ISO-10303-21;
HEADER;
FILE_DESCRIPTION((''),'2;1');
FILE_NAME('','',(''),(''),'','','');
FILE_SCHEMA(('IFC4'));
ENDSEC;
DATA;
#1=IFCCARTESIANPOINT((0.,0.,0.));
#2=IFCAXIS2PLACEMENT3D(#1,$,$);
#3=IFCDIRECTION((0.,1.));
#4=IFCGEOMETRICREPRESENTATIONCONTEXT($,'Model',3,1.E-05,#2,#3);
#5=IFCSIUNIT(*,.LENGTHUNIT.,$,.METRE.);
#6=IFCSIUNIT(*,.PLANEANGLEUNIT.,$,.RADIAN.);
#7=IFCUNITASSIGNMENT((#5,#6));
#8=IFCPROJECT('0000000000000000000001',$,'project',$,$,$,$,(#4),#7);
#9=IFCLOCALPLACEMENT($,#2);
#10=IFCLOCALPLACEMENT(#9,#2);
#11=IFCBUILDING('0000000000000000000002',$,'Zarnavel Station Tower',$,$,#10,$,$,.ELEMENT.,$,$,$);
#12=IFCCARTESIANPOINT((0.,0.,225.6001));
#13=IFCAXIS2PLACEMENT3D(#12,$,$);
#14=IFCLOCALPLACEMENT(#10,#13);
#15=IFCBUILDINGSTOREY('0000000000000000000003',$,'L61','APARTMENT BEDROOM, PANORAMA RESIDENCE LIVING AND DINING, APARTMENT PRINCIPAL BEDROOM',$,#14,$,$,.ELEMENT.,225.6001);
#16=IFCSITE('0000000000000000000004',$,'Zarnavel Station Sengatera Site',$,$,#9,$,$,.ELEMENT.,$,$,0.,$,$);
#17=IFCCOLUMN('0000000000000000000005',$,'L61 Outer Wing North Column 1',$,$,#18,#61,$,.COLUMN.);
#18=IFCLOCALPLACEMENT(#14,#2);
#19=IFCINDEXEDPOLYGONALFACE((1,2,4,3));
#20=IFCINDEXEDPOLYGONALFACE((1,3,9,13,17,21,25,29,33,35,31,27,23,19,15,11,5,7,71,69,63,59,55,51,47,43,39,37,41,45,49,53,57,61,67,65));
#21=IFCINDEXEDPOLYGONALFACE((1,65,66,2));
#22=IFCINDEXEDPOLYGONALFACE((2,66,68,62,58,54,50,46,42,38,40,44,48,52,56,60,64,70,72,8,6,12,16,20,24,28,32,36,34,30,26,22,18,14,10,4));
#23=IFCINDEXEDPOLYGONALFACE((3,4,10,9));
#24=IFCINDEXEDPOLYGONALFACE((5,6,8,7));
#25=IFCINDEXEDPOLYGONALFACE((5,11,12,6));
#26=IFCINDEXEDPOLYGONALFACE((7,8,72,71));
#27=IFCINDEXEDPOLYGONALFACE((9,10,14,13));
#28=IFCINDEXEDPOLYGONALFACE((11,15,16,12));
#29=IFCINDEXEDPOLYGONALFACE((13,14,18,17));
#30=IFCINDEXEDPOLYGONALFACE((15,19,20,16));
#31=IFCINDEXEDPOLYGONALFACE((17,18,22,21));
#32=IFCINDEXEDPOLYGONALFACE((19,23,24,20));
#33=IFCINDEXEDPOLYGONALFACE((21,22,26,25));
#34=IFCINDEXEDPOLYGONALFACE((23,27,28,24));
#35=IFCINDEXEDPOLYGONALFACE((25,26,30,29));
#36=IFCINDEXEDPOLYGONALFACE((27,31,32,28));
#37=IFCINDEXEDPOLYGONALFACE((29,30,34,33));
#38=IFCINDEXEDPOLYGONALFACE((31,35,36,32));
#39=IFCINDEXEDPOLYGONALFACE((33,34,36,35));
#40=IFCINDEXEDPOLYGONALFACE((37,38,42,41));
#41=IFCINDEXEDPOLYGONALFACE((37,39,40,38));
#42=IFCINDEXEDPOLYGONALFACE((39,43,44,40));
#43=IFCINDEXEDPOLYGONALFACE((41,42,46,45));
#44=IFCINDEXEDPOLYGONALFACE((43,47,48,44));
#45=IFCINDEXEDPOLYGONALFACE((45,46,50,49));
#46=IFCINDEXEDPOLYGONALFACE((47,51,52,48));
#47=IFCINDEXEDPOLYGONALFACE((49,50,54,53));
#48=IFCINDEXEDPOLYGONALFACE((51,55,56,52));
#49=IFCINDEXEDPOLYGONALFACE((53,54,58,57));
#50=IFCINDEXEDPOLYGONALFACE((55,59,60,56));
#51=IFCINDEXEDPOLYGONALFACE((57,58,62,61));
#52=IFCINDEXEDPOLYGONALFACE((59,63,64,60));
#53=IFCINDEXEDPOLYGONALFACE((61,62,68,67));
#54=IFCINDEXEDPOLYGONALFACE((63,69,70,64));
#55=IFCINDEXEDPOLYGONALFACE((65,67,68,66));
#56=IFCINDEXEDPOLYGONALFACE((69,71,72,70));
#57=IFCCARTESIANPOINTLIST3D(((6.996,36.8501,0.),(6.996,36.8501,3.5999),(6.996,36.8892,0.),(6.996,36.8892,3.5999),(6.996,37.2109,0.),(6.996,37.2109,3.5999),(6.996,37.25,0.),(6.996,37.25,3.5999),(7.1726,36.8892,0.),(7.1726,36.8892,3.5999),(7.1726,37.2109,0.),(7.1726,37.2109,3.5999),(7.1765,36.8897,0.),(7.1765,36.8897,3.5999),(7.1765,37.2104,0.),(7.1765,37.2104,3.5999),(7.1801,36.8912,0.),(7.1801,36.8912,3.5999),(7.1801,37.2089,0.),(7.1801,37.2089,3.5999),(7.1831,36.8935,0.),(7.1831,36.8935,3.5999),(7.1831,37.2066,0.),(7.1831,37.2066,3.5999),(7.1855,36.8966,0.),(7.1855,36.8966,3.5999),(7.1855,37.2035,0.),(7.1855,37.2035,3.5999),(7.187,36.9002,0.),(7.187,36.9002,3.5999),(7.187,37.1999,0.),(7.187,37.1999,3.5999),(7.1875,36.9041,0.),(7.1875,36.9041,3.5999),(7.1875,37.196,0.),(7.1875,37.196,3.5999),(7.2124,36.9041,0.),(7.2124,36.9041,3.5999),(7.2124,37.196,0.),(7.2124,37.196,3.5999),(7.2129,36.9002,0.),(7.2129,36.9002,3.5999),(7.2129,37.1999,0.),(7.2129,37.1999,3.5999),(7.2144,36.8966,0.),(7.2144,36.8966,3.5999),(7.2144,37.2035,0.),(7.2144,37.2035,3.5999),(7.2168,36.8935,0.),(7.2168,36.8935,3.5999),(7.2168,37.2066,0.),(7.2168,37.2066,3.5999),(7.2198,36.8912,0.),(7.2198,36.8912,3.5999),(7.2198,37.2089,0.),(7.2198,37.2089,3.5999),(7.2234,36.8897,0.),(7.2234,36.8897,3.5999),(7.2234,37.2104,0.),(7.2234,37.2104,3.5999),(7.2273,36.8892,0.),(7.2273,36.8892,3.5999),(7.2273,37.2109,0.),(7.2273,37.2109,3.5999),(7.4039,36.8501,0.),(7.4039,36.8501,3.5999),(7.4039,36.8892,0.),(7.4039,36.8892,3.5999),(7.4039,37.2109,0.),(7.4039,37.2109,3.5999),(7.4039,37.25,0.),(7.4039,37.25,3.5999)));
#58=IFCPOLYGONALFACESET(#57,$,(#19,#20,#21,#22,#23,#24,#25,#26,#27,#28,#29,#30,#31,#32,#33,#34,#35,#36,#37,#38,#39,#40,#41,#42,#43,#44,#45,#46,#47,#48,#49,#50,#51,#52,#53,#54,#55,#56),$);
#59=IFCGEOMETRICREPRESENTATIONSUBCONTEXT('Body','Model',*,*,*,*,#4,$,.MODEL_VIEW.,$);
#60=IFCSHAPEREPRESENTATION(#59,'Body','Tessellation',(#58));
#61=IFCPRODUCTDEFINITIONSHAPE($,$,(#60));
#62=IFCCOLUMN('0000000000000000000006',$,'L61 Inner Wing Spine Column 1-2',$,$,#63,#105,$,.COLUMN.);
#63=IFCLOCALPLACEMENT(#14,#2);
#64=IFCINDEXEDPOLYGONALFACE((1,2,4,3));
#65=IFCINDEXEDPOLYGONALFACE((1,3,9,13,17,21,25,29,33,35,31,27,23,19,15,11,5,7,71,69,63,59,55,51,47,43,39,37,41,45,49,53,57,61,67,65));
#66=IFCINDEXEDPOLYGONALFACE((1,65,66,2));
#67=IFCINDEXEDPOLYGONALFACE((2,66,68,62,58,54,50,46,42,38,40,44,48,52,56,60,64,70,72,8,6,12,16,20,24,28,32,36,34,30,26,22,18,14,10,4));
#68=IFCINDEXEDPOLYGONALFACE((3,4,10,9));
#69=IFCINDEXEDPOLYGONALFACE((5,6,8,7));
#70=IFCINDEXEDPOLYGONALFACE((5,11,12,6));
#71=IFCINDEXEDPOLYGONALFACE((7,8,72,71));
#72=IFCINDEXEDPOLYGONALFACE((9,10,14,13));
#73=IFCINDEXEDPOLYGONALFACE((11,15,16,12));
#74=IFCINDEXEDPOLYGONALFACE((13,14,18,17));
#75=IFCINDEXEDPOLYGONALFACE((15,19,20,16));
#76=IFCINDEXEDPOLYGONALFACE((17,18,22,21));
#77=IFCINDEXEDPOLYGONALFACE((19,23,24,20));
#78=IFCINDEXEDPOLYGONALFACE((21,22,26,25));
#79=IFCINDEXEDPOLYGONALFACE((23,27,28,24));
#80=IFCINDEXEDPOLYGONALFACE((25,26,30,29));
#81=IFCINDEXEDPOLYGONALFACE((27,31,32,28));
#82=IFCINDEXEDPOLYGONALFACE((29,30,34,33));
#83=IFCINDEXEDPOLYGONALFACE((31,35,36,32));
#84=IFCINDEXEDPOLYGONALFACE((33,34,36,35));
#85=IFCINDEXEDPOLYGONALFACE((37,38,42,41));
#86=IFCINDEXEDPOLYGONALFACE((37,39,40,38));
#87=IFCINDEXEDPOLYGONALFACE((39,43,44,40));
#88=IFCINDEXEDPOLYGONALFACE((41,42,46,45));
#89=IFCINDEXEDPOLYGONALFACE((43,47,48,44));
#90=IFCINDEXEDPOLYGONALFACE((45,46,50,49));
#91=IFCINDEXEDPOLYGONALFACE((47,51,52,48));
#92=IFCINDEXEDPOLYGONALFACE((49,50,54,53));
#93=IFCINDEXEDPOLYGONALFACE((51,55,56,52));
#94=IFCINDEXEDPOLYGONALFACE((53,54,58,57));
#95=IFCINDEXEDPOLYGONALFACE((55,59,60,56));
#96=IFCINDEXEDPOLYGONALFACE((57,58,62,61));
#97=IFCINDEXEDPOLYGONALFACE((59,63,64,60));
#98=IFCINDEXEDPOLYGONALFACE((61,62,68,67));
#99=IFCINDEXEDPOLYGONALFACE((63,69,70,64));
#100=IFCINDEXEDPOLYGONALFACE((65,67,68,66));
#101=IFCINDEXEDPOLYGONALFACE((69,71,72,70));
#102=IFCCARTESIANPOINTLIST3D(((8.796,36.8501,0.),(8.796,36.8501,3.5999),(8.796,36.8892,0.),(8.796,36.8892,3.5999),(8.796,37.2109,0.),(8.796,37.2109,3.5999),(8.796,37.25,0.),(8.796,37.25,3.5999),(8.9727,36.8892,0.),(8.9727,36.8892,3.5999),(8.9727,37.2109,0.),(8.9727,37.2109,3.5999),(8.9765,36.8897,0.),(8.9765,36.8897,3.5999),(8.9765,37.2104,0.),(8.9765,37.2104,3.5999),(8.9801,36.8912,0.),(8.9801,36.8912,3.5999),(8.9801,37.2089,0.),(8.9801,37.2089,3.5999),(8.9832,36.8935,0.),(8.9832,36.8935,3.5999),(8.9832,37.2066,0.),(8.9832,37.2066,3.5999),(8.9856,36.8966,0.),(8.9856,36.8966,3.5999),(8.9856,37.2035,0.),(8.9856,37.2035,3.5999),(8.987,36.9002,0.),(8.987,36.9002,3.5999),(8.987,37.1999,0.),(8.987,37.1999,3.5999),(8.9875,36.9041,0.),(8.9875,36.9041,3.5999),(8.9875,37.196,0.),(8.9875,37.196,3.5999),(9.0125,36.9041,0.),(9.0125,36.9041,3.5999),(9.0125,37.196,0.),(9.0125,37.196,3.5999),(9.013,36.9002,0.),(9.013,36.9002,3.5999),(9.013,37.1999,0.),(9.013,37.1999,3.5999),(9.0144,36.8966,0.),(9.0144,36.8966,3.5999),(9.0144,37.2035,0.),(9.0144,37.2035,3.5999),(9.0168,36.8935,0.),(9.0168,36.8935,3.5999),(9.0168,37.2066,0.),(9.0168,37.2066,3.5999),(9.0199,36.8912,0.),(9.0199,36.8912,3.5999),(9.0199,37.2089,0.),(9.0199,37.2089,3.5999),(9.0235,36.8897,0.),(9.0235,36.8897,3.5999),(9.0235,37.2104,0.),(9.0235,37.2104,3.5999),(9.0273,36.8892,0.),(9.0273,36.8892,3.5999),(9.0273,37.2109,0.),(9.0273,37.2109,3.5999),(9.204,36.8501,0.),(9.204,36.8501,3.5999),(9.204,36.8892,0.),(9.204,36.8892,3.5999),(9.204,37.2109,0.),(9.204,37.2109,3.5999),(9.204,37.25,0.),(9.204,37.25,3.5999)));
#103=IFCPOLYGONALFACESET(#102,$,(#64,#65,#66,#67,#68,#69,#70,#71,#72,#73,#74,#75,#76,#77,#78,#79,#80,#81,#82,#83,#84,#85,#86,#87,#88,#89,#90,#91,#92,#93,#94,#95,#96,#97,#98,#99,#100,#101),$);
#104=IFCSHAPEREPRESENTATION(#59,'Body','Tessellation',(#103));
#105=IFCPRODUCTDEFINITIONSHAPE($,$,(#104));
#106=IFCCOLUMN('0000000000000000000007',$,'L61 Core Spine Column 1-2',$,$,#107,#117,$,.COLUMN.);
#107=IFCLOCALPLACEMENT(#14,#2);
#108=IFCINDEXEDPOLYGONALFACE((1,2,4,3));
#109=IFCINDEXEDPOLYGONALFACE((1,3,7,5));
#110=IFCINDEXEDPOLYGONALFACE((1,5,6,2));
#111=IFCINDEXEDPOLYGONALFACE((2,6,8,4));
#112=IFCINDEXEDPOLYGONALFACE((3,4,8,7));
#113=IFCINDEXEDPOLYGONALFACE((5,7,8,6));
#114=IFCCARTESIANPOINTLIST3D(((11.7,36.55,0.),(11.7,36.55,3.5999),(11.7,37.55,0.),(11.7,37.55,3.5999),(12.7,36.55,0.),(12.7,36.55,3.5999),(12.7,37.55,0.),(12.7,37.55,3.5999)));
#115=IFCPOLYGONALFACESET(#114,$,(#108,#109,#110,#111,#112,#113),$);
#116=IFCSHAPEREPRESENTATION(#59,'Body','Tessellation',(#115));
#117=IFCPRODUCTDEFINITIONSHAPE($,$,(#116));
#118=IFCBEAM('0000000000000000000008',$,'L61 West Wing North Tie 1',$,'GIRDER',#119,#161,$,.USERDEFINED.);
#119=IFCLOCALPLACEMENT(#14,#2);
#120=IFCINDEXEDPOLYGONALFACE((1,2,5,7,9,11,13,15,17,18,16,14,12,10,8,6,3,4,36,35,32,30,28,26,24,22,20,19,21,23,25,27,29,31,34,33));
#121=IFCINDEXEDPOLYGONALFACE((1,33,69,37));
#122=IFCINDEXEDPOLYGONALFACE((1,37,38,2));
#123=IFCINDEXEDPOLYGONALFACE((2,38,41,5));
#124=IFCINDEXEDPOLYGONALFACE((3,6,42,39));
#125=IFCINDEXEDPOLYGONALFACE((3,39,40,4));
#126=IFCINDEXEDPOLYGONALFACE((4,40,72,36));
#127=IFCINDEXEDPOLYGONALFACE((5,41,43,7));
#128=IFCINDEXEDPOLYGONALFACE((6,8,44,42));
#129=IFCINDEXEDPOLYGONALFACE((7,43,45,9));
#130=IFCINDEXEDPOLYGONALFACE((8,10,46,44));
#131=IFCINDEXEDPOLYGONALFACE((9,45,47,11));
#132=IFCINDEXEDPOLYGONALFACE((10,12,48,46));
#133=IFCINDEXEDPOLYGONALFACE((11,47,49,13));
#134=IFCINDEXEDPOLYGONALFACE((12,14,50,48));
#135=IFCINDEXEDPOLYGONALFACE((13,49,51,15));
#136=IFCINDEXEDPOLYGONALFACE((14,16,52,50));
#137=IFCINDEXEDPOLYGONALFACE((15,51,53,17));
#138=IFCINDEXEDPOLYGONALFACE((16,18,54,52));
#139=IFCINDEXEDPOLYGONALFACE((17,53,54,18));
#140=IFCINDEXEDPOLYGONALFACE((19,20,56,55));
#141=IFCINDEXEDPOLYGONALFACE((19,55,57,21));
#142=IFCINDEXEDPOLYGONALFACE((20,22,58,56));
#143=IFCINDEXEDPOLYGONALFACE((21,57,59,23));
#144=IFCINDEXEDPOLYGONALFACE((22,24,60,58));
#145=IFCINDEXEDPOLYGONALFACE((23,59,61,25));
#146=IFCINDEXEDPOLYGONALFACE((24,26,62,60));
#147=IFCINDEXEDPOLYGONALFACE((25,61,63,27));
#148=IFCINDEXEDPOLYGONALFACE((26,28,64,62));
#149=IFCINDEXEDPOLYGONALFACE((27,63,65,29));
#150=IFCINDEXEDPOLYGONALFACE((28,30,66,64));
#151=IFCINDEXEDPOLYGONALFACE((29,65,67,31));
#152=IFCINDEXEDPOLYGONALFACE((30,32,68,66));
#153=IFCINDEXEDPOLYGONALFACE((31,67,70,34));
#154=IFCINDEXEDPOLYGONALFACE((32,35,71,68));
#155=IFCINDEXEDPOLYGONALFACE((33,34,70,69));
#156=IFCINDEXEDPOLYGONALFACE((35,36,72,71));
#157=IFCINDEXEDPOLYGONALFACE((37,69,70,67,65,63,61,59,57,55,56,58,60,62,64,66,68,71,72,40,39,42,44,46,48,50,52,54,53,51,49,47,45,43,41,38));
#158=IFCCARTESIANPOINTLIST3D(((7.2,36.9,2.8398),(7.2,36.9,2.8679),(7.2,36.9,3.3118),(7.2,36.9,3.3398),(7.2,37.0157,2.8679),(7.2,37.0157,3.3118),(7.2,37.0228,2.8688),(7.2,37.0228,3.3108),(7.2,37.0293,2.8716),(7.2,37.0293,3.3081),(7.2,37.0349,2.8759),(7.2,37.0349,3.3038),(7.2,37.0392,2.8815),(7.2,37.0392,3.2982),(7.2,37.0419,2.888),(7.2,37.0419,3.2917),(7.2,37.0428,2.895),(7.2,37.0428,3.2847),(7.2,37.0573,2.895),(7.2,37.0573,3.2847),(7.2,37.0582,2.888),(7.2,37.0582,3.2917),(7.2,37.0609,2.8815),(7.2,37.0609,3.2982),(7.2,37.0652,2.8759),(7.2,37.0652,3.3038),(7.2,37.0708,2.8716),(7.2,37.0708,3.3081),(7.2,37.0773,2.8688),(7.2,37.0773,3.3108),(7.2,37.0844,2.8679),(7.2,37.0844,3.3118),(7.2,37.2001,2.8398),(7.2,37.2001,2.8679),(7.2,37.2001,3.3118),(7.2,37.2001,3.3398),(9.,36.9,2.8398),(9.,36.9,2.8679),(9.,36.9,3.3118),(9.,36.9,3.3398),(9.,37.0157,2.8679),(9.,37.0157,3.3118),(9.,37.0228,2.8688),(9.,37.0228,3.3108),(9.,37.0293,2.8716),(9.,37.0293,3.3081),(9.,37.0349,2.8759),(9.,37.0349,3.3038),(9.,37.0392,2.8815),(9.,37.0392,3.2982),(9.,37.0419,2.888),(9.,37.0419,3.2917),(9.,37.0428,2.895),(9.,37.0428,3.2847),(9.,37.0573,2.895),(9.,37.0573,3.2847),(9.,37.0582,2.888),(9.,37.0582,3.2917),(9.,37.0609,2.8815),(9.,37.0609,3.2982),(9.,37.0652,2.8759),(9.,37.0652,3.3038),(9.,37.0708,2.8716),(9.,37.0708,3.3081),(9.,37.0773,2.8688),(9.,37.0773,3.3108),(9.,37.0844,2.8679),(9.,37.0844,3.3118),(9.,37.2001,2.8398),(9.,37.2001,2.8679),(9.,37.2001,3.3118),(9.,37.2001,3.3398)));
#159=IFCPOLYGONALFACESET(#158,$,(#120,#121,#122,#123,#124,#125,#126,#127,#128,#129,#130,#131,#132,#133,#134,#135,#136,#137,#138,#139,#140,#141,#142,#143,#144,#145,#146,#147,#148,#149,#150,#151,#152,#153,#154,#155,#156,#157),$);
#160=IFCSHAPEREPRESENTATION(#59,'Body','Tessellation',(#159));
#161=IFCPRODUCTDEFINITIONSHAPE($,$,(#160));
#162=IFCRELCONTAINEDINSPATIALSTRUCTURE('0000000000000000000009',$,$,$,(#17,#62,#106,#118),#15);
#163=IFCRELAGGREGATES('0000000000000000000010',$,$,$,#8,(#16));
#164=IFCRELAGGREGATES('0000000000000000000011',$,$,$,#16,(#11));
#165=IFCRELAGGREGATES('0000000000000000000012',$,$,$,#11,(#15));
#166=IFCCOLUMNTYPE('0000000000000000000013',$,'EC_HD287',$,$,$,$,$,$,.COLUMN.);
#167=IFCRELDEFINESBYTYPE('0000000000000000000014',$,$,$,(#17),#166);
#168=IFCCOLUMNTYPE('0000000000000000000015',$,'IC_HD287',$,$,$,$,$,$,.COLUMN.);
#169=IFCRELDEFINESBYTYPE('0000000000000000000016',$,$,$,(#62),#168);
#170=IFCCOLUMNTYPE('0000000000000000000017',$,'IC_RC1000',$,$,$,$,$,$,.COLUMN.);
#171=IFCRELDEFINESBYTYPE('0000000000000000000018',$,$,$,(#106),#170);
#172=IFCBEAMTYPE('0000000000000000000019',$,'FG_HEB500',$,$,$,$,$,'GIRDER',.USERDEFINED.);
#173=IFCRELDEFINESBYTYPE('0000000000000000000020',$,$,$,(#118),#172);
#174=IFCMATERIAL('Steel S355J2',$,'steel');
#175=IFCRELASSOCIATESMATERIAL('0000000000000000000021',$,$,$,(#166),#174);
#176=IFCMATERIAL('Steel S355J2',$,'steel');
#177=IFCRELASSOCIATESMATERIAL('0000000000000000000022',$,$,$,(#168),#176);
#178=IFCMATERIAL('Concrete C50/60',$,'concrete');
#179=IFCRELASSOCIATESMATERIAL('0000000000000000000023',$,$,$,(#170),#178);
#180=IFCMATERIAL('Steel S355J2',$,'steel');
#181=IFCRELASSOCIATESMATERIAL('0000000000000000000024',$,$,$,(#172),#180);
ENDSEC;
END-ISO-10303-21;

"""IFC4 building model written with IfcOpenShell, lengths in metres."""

from ifc_helpers import new_model, si_unit, direction, frame, origin, origin_2d, place, context, subcontext, project, spatial, rectangle, i_section, extrude, material, material_profile, profile_set, type_object, element, save


model = new_model("IFC4")

# Units and contexts
model_context = context("Model", 3, precision=1e-05, world=origin(), true_north=direction((0.0, 1.0)))
body_context = subcontext(model_context, "Body", "Model", "MODEL_VIEW")
ifc_project = project(units=[si_unit("LENGTHUNIT", "METRE"), si_unit("PLANEANGLEUNIT", "RADIAN")], contexts=[model_context])

# Site, building, storey
site_placement = place(None, origin())
site = spatial("IfcSite", under=ifc_project, at=site_placement, Name="Zarnavel Station Sengatera Site", CompositionType="ELEMENT", RefElevation=0.0)
building_placement = place(site_placement, origin())
building = spatial("IfcBuilding", under=site, at=building_placement, Name="Zarnavel Station Tower", CompositionType="ELEMENT")
storey_placement = place(building_placement, frame((0.0, 0.0, 225.6001)))
storey = spatial("IfcBuildingStorey", under=building, at=storey_placement, Name="L61", Description="APARTMENT BEDROOM, PANORAMA RESIDENCE LIVING AND DINING, APARTMENT PRINCIPAL BEDROOM", CompositionType="ELEMENT", Elevation=225.6001)

# Columns
ifc_material_1 = material(Name="Steel S355J2", Category="steel")
ifc_material_profile_1 = material_profile(ifc_material_1, i_section(OverallWidth=0.408, OverallDepth=0.3999, WebThickness=0.0249, FlangeThickness=0.0391, FilletRadius=0.0149, at=origin_2d()), Name="HD400x287")
ifc_profile_set_1 = profile_set([ifc_material_profile_1], Name="Steel S355J2")
column_type_1 = type_object("IfcColumnType", Name="EC_HD287", PredefinedType="COLUMN", material=ifc_profile_set_1)
column_1_placement = place(storey_placement, frame((7.2, 37.05, 0.0), z_axis=(0.0, 0.0, 1.0), x_axis=(1.0, 0.0, 0.0)))
element("IfcColumn", 1, at=column_1_placement, inside=storey, type_object=column_type_1, Name="L61 Outer Wing North Column 1", PredefinedType="COLUMN", context=body_context, shape_type="SweptSolid", body=[
    extrude(i_section(OverallWidth=0.408, OverallDepth=0.3999, WebThickness=0.0249, FlangeThickness=0.0391, FilletRadius=0.0149, at=origin_2d()), origin(), (0.0, 0.0, 1.0), 3.5999),
])
ifc_material_2 = material(Name="Steel S355J2", Category="steel")
ifc_material_profile_2 = material_profile(ifc_material_2, i_section(OverallWidth=0.408, OverallDepth=0.3999, WebThickness=0.0249, FlangeThickness=0.0391, FilletRadius=0.0149, at=origin_2d()), Name="HD400x287")
ifc_profile_set_2 = profile_set([ifc_material_profile_2], Name="Steel S355J2")
column_type_2 = type_object("IfcColumnType", Name="IC_HD287", PredefinedType="COLUMN", material=ifc_profile_set_2)
column_2_placement = place(storey_placement, frame((9.0, 37.05, 0.0), z_axis=(0.0, 0.0, 1.0), x_axis=(1.0, 0.0, 0.0)))
element("IfcColumn", 2, at=column_2_placement, inside=storey, type_object=column_type_2, Name="L61 Inner Wing Spine Column 1-2", PredefinedType="COLUMN", context=body_context, shape_type="SweptSolid", body=[
    extrude(i_section(OverallWidth=0.408, OverallDepth=0.3999, WebThickness=0.0249, FlangeThickness=0.0391, FilletRadius=0.0149, at=origin_2d()), origin(), (0.0, 0.0, 1.0), 3.5999),
])
ifc_material_3 = material(Name="Concrete C50/60", Category="concrete")
ifc_material_profile_3 = material_profile(ifc_material_3, rectangle(XDim=1.0, YDim=1.0, at=origin_2d()), Name="RC1000x1000")
ifc_profile_set_3 = profile_set([ifc_material_profile_3], Name="Concrete C50/60")
column_type_3 = type_object("IfcColumnType", Name="IC_RC1000", PredefinedType="COLUMN", material=ifc_profile_set_3)
column_3_placement = place(storey_placement, frame((12.2, 37.05, 0.0), z_axis=(0.0, 0.0, 1.0), x_axis=(1.0, 0.0, 0.0)))
element("IfcColumn", 3, at=column_3_placement, inside=storey, type_object=column_type_3, Name="L61 Core Spine Column 1-2", PredefinedType="COLUMN", context=body_context, shape_type="SweptSolid", body=[
    extrude(rectangle(XDim=1.0, YDim=1.0, at=origin_2d()), origin(), (0.0, 0.0, 1.0), 3.5999),
])

# Beam
ifc_material_4 = material(Name="Steel S355J2", Category="steel")
ifc_material_profile_4 = material_profile(ifc_material_4, i_section(OverallWidth=0.3, OverallDepth=0.5, WebThickness=0.0144, FlangeThickness=0.0281, FilletRadius=0.0271, at=origin_2d()), Name="HEB500")
ifc_profile_set_4 = profile_set([ifc_material_profile_4], Name="Steel S355J2")
beam_type = type_object("IfcBeamType", Name="FG_HEB500", ElementType="GIRDER", PredefinedType="USERDEFINED", material=ifc_profile_set_4)
beam_1_placement = place(storey_placement, frame((7.2, 37.05, 3.0898), z_axis=(1.0, 0.0, 0.0), x_axis=(0.0, 1.0, 0.0)))
element("IfcBeam", 4, at=beam_1_placement, inside=storey, type_object=beam_type, Name="L61 West Wing North Tie 1", ObjectType="GIRDER", PredefinedType="USERDEFINED", context=body_context, shape_type="SweptSolid", body=[
    extrude(i_section(OverallWidth=0.3, OverallDepth=0.5, WebThickness=0.0144, FlangeThickness=0.0281, FilletRadius=0.0271, at=origin_2d()), origin(), (0.0, 0.0, 1.0), 1.8),
])

save(model, "model.ifc")
